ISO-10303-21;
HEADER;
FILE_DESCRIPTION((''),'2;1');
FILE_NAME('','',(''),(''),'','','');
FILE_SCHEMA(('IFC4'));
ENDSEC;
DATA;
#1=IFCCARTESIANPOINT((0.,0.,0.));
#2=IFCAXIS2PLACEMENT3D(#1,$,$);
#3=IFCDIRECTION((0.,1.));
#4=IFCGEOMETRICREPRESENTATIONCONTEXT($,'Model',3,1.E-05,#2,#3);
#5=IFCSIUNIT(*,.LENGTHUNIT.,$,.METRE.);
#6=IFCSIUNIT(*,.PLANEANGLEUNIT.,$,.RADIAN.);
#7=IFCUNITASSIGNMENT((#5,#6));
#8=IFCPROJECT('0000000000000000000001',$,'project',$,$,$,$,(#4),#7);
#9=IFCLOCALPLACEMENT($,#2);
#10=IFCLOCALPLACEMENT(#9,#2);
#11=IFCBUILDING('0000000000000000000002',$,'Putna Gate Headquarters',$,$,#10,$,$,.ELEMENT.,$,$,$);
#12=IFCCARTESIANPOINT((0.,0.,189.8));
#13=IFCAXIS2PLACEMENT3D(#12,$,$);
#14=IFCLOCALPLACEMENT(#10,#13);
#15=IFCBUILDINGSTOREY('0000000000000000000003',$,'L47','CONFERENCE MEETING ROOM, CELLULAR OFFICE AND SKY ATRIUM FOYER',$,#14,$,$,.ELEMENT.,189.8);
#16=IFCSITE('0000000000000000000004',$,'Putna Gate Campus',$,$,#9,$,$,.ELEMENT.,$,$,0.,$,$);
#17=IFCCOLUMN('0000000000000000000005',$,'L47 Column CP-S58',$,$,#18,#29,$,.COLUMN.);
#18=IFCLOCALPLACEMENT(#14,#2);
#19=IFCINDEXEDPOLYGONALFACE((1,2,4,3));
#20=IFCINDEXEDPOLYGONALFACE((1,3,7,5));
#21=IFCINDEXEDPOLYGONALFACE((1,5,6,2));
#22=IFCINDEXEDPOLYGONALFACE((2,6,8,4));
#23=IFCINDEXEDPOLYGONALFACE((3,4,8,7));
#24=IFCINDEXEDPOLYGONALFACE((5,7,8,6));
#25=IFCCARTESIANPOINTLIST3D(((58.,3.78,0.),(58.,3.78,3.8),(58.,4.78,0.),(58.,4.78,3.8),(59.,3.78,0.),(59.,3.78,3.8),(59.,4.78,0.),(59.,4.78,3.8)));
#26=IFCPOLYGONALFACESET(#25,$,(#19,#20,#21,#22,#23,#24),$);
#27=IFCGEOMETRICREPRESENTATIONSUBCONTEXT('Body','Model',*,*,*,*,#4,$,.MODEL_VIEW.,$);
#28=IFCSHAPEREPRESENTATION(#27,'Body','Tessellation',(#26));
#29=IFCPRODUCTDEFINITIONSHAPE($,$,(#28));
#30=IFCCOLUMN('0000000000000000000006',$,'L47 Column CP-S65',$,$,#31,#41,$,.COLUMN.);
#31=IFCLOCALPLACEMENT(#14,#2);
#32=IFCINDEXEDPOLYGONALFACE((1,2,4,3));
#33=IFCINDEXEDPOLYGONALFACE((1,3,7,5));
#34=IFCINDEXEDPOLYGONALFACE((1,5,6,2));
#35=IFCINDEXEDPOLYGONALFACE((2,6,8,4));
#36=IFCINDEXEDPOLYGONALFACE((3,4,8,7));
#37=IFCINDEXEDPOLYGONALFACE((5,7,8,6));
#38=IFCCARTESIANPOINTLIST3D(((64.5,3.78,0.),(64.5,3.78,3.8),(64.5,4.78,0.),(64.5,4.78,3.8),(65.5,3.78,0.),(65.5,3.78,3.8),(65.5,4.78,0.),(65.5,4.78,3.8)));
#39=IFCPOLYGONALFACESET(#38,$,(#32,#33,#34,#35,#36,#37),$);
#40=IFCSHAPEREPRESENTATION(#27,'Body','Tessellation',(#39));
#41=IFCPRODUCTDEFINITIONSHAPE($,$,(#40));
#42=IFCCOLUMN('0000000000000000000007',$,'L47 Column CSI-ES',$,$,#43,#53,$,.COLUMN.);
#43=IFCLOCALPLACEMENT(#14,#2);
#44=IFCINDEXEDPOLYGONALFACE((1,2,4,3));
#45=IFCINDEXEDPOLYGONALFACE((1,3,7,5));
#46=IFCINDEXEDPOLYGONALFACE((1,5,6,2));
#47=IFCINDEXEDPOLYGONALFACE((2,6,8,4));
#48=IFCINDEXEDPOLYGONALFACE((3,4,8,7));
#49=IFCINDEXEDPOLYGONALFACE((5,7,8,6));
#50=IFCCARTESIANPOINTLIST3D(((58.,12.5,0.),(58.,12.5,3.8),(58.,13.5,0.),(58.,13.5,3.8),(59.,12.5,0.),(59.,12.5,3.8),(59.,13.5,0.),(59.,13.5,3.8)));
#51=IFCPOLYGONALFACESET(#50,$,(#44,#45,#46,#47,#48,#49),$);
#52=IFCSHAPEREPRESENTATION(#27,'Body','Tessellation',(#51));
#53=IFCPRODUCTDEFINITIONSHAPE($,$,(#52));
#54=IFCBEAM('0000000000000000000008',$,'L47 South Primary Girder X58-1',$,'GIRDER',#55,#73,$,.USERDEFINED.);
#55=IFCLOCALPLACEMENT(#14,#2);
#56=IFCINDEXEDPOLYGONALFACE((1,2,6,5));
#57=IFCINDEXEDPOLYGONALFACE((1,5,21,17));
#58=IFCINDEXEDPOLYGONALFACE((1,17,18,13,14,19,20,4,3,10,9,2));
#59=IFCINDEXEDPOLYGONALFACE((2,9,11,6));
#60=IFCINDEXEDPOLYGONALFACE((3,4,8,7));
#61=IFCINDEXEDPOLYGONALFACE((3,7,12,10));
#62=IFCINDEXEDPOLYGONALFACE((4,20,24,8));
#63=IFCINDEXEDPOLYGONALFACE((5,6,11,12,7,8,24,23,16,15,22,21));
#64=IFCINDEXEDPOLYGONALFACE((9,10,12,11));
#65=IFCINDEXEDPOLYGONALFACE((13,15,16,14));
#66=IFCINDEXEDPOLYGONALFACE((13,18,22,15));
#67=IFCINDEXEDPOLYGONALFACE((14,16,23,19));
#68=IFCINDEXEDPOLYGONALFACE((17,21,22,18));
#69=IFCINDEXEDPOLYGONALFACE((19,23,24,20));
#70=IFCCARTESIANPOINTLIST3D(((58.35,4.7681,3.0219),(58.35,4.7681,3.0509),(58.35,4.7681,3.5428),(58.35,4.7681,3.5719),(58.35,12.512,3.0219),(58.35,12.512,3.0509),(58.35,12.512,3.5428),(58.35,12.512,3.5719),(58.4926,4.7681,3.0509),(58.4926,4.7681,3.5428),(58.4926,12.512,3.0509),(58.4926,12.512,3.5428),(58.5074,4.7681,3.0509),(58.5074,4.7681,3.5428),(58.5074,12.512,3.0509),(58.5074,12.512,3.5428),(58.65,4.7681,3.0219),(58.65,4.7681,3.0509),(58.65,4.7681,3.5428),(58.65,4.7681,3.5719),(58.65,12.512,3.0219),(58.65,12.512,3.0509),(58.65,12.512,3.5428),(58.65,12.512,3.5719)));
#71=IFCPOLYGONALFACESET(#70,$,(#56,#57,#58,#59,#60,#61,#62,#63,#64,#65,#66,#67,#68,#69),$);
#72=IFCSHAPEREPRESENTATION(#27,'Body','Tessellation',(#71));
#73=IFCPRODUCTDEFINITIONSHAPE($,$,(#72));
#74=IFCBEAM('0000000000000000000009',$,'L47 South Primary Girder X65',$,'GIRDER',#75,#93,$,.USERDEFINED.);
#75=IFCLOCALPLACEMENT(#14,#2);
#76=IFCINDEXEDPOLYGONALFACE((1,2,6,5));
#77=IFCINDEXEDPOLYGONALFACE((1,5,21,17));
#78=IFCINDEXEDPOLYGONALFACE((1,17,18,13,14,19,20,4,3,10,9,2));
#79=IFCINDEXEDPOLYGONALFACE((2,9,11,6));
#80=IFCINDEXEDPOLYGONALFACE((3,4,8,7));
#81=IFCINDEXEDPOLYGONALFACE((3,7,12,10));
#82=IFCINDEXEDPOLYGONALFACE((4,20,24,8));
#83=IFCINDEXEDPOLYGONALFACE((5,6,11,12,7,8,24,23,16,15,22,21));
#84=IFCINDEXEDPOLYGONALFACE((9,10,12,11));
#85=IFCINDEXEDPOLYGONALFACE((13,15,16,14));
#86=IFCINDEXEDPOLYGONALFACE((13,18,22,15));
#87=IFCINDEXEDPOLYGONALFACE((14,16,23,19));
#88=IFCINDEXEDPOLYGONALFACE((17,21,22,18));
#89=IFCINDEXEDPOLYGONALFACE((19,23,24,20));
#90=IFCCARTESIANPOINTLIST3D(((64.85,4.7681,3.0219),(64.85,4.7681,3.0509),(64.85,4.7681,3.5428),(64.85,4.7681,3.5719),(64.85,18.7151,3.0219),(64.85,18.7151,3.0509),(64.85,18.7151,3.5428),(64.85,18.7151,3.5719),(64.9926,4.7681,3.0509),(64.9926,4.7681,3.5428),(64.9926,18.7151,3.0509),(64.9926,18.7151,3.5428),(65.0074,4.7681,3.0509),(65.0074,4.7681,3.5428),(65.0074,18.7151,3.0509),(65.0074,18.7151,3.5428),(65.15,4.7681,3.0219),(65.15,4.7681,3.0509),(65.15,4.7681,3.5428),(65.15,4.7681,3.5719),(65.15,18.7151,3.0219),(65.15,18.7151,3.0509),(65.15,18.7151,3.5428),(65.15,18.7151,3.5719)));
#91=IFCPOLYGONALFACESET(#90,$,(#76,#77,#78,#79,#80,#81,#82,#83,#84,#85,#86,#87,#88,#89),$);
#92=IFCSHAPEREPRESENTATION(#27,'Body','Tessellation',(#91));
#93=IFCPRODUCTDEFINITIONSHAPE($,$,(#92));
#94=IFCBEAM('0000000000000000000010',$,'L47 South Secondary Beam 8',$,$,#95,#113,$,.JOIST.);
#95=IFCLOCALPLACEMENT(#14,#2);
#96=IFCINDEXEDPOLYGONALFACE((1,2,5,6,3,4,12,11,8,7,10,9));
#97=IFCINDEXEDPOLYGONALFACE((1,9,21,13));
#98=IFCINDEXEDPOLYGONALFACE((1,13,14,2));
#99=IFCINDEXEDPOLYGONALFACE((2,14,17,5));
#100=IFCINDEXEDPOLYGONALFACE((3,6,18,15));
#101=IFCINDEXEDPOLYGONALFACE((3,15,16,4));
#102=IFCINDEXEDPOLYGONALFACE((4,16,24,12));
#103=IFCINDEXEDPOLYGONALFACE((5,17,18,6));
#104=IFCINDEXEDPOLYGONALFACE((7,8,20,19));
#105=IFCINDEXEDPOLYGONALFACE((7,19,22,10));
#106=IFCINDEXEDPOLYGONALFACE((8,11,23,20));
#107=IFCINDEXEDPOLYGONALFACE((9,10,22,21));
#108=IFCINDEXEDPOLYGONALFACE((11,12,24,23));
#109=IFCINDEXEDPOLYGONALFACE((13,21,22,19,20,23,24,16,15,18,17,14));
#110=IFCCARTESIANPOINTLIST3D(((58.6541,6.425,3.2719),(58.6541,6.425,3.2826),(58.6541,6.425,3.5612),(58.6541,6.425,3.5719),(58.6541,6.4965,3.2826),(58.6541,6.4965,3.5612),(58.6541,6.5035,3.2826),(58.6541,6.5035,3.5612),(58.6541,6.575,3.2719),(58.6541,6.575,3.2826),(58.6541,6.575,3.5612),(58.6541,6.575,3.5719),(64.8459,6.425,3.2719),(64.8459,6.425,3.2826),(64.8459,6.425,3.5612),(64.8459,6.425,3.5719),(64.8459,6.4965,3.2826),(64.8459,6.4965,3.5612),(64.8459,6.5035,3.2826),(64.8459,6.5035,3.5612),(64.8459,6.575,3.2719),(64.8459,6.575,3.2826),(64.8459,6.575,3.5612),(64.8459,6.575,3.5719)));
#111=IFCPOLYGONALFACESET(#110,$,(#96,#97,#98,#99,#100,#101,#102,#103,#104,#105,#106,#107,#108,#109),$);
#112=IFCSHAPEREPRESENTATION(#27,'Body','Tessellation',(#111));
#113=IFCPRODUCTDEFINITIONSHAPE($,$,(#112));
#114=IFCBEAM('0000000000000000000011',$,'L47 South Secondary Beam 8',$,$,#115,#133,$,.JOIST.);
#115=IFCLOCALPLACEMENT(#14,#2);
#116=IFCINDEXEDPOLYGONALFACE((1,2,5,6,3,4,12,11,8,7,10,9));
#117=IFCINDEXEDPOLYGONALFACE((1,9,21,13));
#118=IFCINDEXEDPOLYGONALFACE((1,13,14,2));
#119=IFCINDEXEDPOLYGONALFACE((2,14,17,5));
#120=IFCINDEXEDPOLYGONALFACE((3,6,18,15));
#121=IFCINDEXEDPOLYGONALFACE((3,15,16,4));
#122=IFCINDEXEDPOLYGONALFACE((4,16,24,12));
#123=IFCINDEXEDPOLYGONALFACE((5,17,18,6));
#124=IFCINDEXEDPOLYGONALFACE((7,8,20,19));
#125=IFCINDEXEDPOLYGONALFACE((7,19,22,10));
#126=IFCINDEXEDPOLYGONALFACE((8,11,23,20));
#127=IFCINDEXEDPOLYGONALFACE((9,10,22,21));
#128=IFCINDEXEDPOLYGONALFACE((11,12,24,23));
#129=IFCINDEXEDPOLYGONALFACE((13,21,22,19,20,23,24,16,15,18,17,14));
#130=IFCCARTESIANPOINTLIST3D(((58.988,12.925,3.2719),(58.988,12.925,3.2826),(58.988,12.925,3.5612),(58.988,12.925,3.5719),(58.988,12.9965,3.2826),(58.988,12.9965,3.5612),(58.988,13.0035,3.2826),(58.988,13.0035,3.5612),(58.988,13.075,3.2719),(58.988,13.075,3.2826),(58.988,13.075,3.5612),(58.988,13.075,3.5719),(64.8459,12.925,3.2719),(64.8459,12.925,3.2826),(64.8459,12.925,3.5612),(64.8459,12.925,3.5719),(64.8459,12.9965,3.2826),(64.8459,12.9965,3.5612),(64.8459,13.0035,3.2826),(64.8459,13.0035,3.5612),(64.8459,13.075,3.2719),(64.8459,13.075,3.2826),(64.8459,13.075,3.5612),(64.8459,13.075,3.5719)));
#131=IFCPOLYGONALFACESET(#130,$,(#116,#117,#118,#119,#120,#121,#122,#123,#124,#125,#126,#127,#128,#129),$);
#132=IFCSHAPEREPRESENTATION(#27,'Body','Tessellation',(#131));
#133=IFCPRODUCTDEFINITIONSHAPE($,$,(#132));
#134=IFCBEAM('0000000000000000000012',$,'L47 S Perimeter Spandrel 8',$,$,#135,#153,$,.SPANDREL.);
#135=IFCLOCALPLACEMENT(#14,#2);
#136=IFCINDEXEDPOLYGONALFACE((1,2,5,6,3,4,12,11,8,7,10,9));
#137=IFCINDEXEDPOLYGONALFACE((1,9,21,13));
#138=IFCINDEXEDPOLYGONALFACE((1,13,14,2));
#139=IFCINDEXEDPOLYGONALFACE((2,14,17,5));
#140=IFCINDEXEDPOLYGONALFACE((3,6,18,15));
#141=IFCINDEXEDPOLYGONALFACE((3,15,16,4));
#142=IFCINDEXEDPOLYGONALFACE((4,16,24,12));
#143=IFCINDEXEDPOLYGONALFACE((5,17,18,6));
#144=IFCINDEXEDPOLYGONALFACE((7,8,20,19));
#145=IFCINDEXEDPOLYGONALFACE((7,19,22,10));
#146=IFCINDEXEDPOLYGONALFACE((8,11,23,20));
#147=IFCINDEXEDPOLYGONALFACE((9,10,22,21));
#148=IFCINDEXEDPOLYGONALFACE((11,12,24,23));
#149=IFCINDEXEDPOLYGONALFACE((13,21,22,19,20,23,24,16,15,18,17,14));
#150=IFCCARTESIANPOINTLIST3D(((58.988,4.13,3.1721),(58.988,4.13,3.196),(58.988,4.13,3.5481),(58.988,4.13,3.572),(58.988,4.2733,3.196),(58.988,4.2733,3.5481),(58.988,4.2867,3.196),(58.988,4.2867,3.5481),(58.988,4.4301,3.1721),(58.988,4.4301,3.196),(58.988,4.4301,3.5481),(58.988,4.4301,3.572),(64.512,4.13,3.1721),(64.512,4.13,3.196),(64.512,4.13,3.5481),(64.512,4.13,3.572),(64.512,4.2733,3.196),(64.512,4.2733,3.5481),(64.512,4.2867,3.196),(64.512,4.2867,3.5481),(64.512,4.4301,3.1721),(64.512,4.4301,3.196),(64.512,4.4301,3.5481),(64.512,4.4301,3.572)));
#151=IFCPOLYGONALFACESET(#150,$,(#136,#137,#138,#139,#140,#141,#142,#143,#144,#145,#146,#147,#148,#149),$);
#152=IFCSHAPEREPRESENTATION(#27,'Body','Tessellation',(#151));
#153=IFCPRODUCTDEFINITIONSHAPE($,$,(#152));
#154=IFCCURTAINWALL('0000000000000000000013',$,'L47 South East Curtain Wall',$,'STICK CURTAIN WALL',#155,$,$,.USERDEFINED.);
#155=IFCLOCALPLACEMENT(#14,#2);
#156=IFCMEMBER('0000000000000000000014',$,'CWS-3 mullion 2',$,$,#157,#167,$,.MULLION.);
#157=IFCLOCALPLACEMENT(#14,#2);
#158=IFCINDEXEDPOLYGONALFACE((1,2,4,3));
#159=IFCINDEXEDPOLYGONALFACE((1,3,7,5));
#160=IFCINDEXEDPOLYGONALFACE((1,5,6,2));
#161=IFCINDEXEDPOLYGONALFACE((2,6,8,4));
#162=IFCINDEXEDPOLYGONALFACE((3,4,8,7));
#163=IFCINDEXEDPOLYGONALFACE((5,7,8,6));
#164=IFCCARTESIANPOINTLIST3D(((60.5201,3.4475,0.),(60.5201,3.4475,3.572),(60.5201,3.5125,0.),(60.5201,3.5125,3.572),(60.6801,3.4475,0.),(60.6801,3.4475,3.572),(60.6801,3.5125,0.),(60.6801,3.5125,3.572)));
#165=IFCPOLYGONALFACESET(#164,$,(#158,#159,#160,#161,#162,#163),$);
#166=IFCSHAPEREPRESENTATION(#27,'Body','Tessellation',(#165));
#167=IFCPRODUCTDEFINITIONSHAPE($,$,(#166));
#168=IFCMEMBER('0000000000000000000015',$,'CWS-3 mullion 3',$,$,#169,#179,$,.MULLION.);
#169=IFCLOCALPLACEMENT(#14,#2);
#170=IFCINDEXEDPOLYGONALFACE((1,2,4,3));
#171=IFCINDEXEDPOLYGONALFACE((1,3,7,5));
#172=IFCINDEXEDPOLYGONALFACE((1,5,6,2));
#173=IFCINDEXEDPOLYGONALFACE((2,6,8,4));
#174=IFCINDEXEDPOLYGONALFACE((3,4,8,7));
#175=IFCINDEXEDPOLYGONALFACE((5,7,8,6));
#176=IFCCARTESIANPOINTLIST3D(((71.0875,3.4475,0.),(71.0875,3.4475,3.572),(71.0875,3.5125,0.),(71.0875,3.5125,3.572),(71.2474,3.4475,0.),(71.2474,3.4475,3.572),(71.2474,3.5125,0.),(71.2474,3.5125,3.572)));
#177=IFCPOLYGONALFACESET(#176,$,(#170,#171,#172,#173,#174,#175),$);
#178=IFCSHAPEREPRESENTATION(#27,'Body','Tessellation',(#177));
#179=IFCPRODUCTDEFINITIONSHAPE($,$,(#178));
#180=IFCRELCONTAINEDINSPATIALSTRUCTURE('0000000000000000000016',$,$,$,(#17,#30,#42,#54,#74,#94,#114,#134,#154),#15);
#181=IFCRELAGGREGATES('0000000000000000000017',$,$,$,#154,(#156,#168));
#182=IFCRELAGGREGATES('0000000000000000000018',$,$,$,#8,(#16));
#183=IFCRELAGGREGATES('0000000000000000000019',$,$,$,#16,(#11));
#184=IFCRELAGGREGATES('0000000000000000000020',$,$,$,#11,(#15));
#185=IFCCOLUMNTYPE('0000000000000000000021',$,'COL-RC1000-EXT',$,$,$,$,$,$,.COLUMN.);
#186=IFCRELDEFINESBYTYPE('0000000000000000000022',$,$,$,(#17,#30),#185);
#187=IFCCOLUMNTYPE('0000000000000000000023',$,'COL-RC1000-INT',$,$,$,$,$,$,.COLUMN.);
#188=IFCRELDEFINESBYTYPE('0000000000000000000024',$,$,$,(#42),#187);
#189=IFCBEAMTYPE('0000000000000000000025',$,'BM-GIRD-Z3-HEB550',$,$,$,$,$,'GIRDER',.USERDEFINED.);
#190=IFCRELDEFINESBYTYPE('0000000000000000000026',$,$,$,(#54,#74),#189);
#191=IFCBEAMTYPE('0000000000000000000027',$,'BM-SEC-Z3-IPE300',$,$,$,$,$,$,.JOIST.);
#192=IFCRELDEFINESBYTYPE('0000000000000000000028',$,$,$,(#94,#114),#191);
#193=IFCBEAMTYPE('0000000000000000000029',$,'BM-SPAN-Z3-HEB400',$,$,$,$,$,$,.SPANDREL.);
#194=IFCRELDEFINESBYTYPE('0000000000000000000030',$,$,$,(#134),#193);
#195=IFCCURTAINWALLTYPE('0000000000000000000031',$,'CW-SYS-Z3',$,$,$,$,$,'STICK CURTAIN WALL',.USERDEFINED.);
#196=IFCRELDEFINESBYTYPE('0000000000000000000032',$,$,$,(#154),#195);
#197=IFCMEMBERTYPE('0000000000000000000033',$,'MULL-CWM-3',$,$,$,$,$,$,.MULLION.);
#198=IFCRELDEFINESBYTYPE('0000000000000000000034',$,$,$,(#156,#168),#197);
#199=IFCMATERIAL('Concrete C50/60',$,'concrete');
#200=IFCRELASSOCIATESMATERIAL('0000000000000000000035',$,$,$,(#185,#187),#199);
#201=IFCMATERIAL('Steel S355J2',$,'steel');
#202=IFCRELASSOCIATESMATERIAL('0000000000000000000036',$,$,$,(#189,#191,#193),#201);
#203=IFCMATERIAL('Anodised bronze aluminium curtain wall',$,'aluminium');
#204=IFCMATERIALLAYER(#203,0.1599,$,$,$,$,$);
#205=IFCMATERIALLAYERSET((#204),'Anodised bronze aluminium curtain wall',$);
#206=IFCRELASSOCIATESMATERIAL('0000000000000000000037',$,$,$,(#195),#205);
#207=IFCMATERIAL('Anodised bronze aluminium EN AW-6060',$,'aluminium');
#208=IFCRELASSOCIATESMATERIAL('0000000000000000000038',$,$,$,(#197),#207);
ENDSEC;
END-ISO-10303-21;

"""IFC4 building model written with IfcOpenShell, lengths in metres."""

from ifc_helpers import new_model, si_unit, direction, frame, origin, origin_2d, place, context, subcontext, project, spatial, rectangle, i_section, extrude, material, layer, layer_set, material_profile, profile_set, type_object, element, aggregate, save


model = new_model("IFC4")

# Units and contexts
model_context = context("Model", 3, precision=1e-05, world=origin(), true_north=direction((0.0, 1.0)))
body_context = subcontext(model_context, "Body", "Model", "MODEL_VIEW")
ifc_project = project(units=[si_unit("LENGTHUNIT", "METRE"), si_unit("PLANEANGLEUNIT", "RADIAN")], contexts=[model_context])

# Site, building, storey
site_placement = place(None, origin())
site = spatial("IfcSite", under=ifc_project, at=site_placement, Name="Putna Gate Campus", CompositionType="ELEMENT", RefElevation=0.0)
building_placement = place(site_placement, origin())
building = spatial("IfcBuilding", under=site, at=building_placement, Name="Putna Gate Headquarters", CompositionType="ELEMENT")
storey_placement = place(building_placement, frame((0.0, 0.0, 189.8)))
storey = spatial("IfcBuildingStorey", under=building, at=storey_placement, Name="L47", Description="CONFERENCE MEETING ROOM, CELLULAR OFFICE AND SKY ATRIUM FOYER", CompositionType="ELEMENT", Elevation=189.8)

# Columns
ifc_material_1 = material(Name="Concrete C50/60", Category="concrete")
ifc_material_profile_1 = material_profile(ifc_material_1, rectangle(XDim=1.0, YDim=1.0, at=origin_2d()), Name="Concrete C50/60")
ifc_profile_set_1 = profile_set([ifc_material_profile_1], Name="Concrete C50/60")
column_type_1 = type_object("IfcColumnType", Name="COL-RC1000-EXT", PredefinedType="COLUMN", material=ifc_profile_set_1)
for number, where, z_axis, x_axis, name in (
    (1, (58.5, 4.28, 0.0), (0.0, 0.0, 1.0), (1.0, 0.0, 0.0), "L47 Column CP-S58"),
    (2, (65.0, 4.28, 0.0), (0.0, 0.0, 1.0), (1.0, 0.0, 0.0), "L47 Column CP-S65"),
):
    element("IfcColumn", number, at=place(storey_placement, frame(where, z_axis=z_axis, x_axis=x_axis)), inside=storey, type_object=column_type_1, Name=name, PredefinedType="COLUMN", context=body_context, shape_type="SweptSolid", body=[
        extrude(rectangle(XDim=1.0, YDim=1.0, at=origin_2d()), origin(), (0.0, 0.0, 1.0), 3.8),
    ])
ifc_material_profile_2 = material_profile(ifc_material_1, rectangle(XDim=1.0, YDim=1.0, at=origin_2d()), Name="Concrete C50/60")
ifc_profile_set_2 = profile_set([ifc_material_profile_2], Name="Concrete C50/60")
column_type_2 = type_object("IfcColumnType", Name="COL-RC1000-INT", PredefinedType="COLUMN", material=ifc_profile_set_2)
column_placement = place(storey_placement, frame((58.5, 13.0, 0.0), z_axis=(0.0, 0.0, 1.0), x_axis=(1.0, 0.0, 0.0)))
element("IfcColumn", 3, at=column_placement, inside=storey, type_object=column_type_2, Name="L47 Column CSI-ES", PredefinedType="COLUMN", context=body_context, shape_type="SweptSolid", body=[
    extrude(rectangle(XDim=1.0, YDim=1.0, at=origin_2d()), origin(), (0.0, 0.0, 1.0), 3.8),
])

# Beams
ifc_material_2 = material(Name="Steel S355J2", Category="steel")
ifc_material_profile_3 = material_profile(ifc_material_2, i_section(OverallWidth=0.3, OverallDepth=0.55, WebThickness=0.0149, FlangeThickness=0.0291, at=origin_2d()), Name="Steel S355J2")
ifc_profile_set_3 = profile_set([ifc_material_profile_3], Name="Steel S355J2")
beam_type_1 = type_object("IfcBeamType", Name="BM-GIRD-Z3-HEB550", ElementType="GIRDER", PredefinedType="USERDEFINED", material=ifc_profile_set_3)
beam_1_placement = place(storey_placement, frame((58.5, 4.7681, 3.2969), z_axis=(0.0, 1.0, 0.0), x_axis=(-1.0, 0.0, 0.0)))
element("IfcBeam", 4, at=beam_1_placement, inside=storey, type_object=beam_type_1, Name="L47 South Primary Girder X58-1", ObjectType="GIRDER", PredefinedType="USERDEFINED", context=body_context, shape_type="SweptSolid", body=[
    extrude(i_section(OverallWidth=0.3, OverallDepth=0.55, WebThickness=0.0149, FlangeThickness=0.0291, at=origin_2d()), origin(), (0.0, 0.0, 1.0), 7.7439),
])
beam_2_placement = place(storey_placement, frame((65.0, 4.7681, 3.2969), z_axis=(0.0, 1.0, 0.0), x_axis=(-1.0, 0.0, 0.0)))
element("IfcBeam", 5, at=beam_2_placement, inside=storey, type_object=beam_type_1, Name="L47 South Primary Girder X65", ObjectType="GIRDER", PredefinedType="USERDEFINED", context=body_context, shape_type="SweptSolid", body=[
    extrude(i_section(OverallWidth=0.3, OverallDepth=0.55, WebThickness=0.0149, FlangeThickness=0.0291, at=origin_2d()), origin(), (0.0, 0.0, 1.0), 13.947),
])
ifc_material_profile_4 = material_profile(ifc_material_2, i_section(OverallWidth=0.1499, OverallDepth=0.3, WebThickness=0.0071, FlangeThickness=0.0107, at=origin_2d()), Name="Steel S355J2")
ifc_profile_set_4 = profile_set([ifc_material_profile_4], Name="Steel S355J2")
beam_type_2 = type_object("IfcBeamType", Name="BM-SEC-Z3-IPE300", PredefinedType="JOIST", material=ifc_profile_set_4)
beam_3_placement = place(storey_placement, frame((58.6541, 6.5, 3.4219), z_axis=(1.0, 0.0, 0.0), x_axis=(0.0, 1.0, 0.0)))
element("IfcBeam", 6, at=beam_3_placement, inside=storey, type_object=beam_type_2, Name="L47 South Secondary Beam 8", PredefinedType="JOIST", context=body_context, shape_type="SweptSolid", body=[
    extrude(i_section(OverallWidth=0.1499, OverallDepth=0.3, WebThickness=0.0071, FlangeThickness=0.0107, at=origin_2d()), origin(), (0.0, 0.0, 1.0), 6.1919),
])
beam_4_placement = place(storey_placement, frame((58.988, 13.0, 3.4219), z_axis=(1.0, 0.0, 0.0), x_axis=(0.0, 1.0, 0.0)))
element("IfcBeam", 7, at=beam_4_placement, inside=storey, type_object=beam_type_2, Name="L47 South Secondary Beam 8", PredefinedType="JOIST", context=body_context, shape_type="SweptSolid", body=[
    extrude(i_section(OverallWidth=0.1499, OverallDepth=0.3, WebThickness=0.0071, FlangeThickness=0.0107, at=origin_2d()), origin(), (0.0, 0.0, 1.0), 5.8579),
])
ifc_material_profile_5 = material_profile(ifc_material_2, i_section(OverallWidth=0.3, OverallDepth=0.3999, WebThickness=0.0134, FlangeThickness=0.0239, at=origin_2d()), Name="Steel S355J2")
ifc_profile_set_5 = profile_set([ifc_material_profile_5], Name="Steel S355J2")
beam_type_3 = type_object("IfcBeamType", Name="BM-SPAN-Z3-HEB400", PredefinedType="SPANDREL", material=ifc_profile_set_5)
beam_5_placement = place(storey_placement, frame((58.988, 4.28, 3.3721), z_axis=(1.0, 0.0, 0.0), x_axis=(0.0, 1.0, 0.0)))
element("IfcBeam", 8, at=beam_5_placement, inside=storey, type_object=beam_type_3, Name="L47 S Perimeter Spandrel 8", PredefinedType="SPANDREL", context=body_context, shape_type="SweptSolid", body=[
    extrude(i_section(OverallWidth=0.3, OverallDepth=0.3999, WebThickness=0.0134, FlangeThickness=0.0239, at=origin_2d()), origin(), (0.0, 0.0, 1.0), 5.5239),
])

# Curtain wall, members
ifc_material_3 = material(Name="Anodised bronze aluminium curtain wall", Category="aluminium")
ifc_layer_1 = layer(ifc_material_3, 0.1599)
ifc_layer_set_1 = layer_set([ifc_layer_1], Name="Anodised bronze aluminium curtain wall")
curtain_wall_type = type_object("IfcCurtainWallType", Name="CW-SYS-Z3", ElementType="STICK CURTAIN WALL", PredefinedType="USERDEFINED", material=ifc_layer_set_1)
curtain_wall_1_placement = place(storey_placement, origin())
curtain_wall_1 = element("IfcCurtainWall", 9, at=curtain_wall_1_placement, inside=storey, type_object=curtain_wall_type, Name="L47 South East Curtain Wall", ObjectType="STICK CURTAIN WALL", PredefinedType="USERDEFINED")
ifc_material_4 = material(Name="Anodised bronze aluminium EN AW-6060", Category="aluminium")
ifc_material_profile_6 = material_profile(ifc_material_4, rectangle(XDim=0.0649, YDim=0.1599, at=origin_2d()), Name="Anodised bronze aluminium EN AW-6060")
ifc_profile_set_6 = profile_set([ifc_material_profile_6], Name="Anodised bronze aluminium EN AW-6060")
member_type_1 = type_object("IfcMemberType", Name="MULL-CWM-3", PredefinedType="MULLION", material=ifc_profile_set_6)
member_1_placement = place(storey_placement, frame((60.6001, 3.48, 0.0), z_axis=(0.0, 0.0, 1.0), x_axis=(0.0, 1.0, 0.0)))
member_1 = element("IfcMember", 10, at=member_1_placement, type_object=member_type_1, Name="CWS-3 mullion 2", PredefinedType="MULLION", context=body_context, shape_type="SweptSolid", body=[
    extrude(rectangle(XDim=0.0649, YDim=0.1599, at=origin_2d()), origin(), (0.0, 0.0, 1.0), 3.572),
])
member_2_placement = place(storey_placement, frame((71.1675, 3.48, 0.0), z_axis=(0.0, 0.0, 1.0), x_axis=(0.0, 1.0, 0.0)))
member_2 = element("IfcMember", 11, at=member_2_placement, type_object=member_type_1, Name="CWS-3 mullion 3", PredefinedType="MULLION", context=body_context, shape_type="SweptSolid", body=[
    extrude(rectangle(XDim=0.0649, YDim=0.1599, at=origin_2d()), origin(), (0.0, 0.0, 1.0), 3.572),
])

aggregate(curtain_wall_1, [member_1, member_2])

save(model, "model.ifc")
